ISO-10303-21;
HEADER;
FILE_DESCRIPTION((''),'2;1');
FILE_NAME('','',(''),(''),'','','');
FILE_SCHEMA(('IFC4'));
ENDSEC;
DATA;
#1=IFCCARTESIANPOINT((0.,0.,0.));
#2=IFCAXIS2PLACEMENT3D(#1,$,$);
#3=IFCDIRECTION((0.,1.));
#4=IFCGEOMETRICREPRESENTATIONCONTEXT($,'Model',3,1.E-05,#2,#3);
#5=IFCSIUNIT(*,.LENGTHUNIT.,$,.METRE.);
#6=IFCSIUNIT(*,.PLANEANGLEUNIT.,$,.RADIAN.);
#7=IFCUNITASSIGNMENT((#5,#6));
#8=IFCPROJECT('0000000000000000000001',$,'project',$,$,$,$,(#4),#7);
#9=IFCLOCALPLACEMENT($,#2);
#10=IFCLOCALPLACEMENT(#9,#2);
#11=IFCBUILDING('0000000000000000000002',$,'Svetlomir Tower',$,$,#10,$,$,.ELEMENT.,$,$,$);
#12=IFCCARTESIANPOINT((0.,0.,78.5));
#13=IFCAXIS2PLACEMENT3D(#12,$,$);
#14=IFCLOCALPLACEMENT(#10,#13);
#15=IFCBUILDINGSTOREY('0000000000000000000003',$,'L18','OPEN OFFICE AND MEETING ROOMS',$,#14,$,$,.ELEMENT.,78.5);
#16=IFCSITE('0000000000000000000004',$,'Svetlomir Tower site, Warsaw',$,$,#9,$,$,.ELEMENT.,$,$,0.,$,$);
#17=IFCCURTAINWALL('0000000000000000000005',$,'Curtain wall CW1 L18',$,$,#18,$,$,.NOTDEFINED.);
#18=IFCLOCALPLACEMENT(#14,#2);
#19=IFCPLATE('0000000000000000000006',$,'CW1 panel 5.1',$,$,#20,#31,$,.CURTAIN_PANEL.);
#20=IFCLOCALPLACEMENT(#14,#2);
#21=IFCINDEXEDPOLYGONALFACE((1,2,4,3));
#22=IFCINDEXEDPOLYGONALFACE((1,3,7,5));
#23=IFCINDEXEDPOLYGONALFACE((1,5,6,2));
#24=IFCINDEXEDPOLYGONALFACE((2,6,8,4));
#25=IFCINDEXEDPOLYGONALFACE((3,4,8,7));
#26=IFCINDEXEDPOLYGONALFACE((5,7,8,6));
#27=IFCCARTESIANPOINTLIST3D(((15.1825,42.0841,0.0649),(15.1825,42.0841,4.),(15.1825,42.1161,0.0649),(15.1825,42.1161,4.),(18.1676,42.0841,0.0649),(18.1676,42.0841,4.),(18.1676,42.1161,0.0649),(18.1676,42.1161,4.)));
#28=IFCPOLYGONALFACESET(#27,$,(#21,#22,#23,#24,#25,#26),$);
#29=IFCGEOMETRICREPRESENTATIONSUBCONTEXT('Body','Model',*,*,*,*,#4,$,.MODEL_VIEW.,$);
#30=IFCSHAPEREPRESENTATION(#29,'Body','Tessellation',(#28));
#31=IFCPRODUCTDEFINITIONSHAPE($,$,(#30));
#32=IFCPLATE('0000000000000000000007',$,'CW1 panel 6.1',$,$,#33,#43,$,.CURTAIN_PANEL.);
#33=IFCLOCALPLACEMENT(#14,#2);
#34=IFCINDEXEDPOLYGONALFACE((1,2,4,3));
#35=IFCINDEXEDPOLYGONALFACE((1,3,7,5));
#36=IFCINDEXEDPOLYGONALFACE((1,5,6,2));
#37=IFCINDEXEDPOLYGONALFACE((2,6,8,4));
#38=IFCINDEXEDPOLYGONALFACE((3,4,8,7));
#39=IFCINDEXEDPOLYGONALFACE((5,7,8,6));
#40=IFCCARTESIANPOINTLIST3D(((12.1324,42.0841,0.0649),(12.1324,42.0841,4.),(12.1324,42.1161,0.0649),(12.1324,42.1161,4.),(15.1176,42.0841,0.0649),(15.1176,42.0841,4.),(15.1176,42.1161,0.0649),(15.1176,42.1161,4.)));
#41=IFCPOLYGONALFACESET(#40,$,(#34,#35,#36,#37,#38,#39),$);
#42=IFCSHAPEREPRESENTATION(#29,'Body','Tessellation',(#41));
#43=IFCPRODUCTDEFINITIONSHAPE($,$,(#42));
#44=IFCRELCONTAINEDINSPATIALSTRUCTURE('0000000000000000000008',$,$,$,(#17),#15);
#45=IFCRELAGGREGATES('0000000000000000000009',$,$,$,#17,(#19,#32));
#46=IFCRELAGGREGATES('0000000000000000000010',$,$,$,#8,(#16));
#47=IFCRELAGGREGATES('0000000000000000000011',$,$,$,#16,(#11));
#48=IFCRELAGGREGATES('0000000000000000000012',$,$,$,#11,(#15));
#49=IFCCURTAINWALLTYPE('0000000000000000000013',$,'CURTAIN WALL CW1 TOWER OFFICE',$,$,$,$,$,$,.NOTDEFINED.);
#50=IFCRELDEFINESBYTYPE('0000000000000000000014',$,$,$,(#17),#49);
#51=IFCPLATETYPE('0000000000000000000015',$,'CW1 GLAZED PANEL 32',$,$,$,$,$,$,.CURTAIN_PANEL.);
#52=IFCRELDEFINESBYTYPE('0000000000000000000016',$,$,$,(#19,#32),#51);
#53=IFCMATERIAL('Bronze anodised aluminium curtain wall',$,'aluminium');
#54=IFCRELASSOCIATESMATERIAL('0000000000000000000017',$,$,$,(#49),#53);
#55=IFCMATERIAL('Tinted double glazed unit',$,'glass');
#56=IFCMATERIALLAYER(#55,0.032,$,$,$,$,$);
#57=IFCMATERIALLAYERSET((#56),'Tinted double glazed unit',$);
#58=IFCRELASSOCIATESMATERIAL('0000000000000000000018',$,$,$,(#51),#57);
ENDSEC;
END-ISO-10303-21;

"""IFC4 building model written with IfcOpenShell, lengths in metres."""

from ifc_helpers import new_model, si_unit, direction, frame, origin, origin_2d, place, context, subcontext, project, spatial, rectangle, extrude, material, layer, layer_set, type_object, element, aggregate, save


model = new_model("IFC4")

# Units and contexts
model_context = context("Model", 3, precision=1e-05, world=origin(), true_north=direction((0.0, 1.0)))
body_context = subcontext(model_context, "Body", "Model", "MODEL_VIEW")
ifc_project = project(units=[si_unit("LENGTHUNIT", "METRE"), si_unit("PLANEANGLEUNIT", "RADIAN")], contexts=[model_context])

# Site, building, storey
site_placement = place(None, origin())
site = spatial("IfcSite", under=ifc_project, at=site_placement, Name="Svetlomir Tower site, Warsaw", CompositionType="ELEMENT", RefElevation=0.0)
building_placement = place(site_placement, origin())
building = spatial("IfcBuilding", under=site, at=building_placement, Name="Svetlomir Tower", CompositionType="ELEMENT")
storey_placement = place(building_placement, frame((0.0, 0.0, 78.5)))
storey = spatial("IfcBuildingStorey", under=building, at=storey_placement, Name="L18", Description="OPEN OFFICE AND MEETING ROOMS", CompositionType="ELEMENT", Elevation=78.5)

# Curtain wall
ifc_material_1 = material(Name="Bronze anodised aluminium curtain wall", Category="aluminium")
curtain_wall_type = type_object("IfcCurtainWallType", Name="CURTAIN WALL CW1 TOWER OFFICE", PredefinedType="NOTDEFINED", material=ifc_material_1)
curtain_wall_placement = place(storey_placement, origin())
curtain_wall = element("IfcCurtainWall", 1, at=curtain_wall_placement, inside=storey, type_object=curtain_wall_type, Name="Curtain wall CW1 L18", PredefinedType="NOTDEFINED")

# Plates
ifc_material_2 = material(Name="Tinted double glazed unit", Category="glass")
ifc_layer = layer(ifc_material_2, 0.032)
ifc_layer_set = layer_set([ifc_layer], Name="Tinted double glazed unit")
plate_type = type_object("IfcPlateType", Name="CW1 GLAZED PANEL 32", PredefinedType="CURTAIN_PANEL", material=ifc_layer_set)
plate_1_placement = place(storey_placement, frame((16.675, 42.1001, 0.0649), z_axis=(0.0, 0.0, 1.0), x_axis=(-1.0, 0.0, 0.0)))
plate_1 = element("IfcPlate", 2, at=plate_1_placement, type_object=plate_type, Name="CW1 panel 5.1", PredefinedType="CURTAIN_PANEL", context=body_context, shape_type="SweptSolid", body=[
    extrude(rectangle(XDim=2.9851, YDim=0.032, at=origin_2d()), origin(), (0.0, 0.0, 1.0), 3.9351),
])
plate_2_placement = place(storey_placement, frame((13.625, 42.1001, 0.0649), z_axis=(0.0, 0.0, 1.0), x_axis=(-1.0, 0.0, 0.0)))
plate_2 = element("IfcPlate", 3, at=plate_2_placement, type_object=plate_type, Name="CW1 panel 6.1", PredefinedType="CURTAIN_PANEL", context=body_context, shape_type="SweptSolid", body=[
    extrude(rectangle(XDim=2.9851, YDim=0.032, at=origin_2d()), origin(), (0.0, 0.0, 1.0), 3.9351),
])
aggregate(curtain_wall, [plate_1, plate_2])

save(model, "model.ifc")
